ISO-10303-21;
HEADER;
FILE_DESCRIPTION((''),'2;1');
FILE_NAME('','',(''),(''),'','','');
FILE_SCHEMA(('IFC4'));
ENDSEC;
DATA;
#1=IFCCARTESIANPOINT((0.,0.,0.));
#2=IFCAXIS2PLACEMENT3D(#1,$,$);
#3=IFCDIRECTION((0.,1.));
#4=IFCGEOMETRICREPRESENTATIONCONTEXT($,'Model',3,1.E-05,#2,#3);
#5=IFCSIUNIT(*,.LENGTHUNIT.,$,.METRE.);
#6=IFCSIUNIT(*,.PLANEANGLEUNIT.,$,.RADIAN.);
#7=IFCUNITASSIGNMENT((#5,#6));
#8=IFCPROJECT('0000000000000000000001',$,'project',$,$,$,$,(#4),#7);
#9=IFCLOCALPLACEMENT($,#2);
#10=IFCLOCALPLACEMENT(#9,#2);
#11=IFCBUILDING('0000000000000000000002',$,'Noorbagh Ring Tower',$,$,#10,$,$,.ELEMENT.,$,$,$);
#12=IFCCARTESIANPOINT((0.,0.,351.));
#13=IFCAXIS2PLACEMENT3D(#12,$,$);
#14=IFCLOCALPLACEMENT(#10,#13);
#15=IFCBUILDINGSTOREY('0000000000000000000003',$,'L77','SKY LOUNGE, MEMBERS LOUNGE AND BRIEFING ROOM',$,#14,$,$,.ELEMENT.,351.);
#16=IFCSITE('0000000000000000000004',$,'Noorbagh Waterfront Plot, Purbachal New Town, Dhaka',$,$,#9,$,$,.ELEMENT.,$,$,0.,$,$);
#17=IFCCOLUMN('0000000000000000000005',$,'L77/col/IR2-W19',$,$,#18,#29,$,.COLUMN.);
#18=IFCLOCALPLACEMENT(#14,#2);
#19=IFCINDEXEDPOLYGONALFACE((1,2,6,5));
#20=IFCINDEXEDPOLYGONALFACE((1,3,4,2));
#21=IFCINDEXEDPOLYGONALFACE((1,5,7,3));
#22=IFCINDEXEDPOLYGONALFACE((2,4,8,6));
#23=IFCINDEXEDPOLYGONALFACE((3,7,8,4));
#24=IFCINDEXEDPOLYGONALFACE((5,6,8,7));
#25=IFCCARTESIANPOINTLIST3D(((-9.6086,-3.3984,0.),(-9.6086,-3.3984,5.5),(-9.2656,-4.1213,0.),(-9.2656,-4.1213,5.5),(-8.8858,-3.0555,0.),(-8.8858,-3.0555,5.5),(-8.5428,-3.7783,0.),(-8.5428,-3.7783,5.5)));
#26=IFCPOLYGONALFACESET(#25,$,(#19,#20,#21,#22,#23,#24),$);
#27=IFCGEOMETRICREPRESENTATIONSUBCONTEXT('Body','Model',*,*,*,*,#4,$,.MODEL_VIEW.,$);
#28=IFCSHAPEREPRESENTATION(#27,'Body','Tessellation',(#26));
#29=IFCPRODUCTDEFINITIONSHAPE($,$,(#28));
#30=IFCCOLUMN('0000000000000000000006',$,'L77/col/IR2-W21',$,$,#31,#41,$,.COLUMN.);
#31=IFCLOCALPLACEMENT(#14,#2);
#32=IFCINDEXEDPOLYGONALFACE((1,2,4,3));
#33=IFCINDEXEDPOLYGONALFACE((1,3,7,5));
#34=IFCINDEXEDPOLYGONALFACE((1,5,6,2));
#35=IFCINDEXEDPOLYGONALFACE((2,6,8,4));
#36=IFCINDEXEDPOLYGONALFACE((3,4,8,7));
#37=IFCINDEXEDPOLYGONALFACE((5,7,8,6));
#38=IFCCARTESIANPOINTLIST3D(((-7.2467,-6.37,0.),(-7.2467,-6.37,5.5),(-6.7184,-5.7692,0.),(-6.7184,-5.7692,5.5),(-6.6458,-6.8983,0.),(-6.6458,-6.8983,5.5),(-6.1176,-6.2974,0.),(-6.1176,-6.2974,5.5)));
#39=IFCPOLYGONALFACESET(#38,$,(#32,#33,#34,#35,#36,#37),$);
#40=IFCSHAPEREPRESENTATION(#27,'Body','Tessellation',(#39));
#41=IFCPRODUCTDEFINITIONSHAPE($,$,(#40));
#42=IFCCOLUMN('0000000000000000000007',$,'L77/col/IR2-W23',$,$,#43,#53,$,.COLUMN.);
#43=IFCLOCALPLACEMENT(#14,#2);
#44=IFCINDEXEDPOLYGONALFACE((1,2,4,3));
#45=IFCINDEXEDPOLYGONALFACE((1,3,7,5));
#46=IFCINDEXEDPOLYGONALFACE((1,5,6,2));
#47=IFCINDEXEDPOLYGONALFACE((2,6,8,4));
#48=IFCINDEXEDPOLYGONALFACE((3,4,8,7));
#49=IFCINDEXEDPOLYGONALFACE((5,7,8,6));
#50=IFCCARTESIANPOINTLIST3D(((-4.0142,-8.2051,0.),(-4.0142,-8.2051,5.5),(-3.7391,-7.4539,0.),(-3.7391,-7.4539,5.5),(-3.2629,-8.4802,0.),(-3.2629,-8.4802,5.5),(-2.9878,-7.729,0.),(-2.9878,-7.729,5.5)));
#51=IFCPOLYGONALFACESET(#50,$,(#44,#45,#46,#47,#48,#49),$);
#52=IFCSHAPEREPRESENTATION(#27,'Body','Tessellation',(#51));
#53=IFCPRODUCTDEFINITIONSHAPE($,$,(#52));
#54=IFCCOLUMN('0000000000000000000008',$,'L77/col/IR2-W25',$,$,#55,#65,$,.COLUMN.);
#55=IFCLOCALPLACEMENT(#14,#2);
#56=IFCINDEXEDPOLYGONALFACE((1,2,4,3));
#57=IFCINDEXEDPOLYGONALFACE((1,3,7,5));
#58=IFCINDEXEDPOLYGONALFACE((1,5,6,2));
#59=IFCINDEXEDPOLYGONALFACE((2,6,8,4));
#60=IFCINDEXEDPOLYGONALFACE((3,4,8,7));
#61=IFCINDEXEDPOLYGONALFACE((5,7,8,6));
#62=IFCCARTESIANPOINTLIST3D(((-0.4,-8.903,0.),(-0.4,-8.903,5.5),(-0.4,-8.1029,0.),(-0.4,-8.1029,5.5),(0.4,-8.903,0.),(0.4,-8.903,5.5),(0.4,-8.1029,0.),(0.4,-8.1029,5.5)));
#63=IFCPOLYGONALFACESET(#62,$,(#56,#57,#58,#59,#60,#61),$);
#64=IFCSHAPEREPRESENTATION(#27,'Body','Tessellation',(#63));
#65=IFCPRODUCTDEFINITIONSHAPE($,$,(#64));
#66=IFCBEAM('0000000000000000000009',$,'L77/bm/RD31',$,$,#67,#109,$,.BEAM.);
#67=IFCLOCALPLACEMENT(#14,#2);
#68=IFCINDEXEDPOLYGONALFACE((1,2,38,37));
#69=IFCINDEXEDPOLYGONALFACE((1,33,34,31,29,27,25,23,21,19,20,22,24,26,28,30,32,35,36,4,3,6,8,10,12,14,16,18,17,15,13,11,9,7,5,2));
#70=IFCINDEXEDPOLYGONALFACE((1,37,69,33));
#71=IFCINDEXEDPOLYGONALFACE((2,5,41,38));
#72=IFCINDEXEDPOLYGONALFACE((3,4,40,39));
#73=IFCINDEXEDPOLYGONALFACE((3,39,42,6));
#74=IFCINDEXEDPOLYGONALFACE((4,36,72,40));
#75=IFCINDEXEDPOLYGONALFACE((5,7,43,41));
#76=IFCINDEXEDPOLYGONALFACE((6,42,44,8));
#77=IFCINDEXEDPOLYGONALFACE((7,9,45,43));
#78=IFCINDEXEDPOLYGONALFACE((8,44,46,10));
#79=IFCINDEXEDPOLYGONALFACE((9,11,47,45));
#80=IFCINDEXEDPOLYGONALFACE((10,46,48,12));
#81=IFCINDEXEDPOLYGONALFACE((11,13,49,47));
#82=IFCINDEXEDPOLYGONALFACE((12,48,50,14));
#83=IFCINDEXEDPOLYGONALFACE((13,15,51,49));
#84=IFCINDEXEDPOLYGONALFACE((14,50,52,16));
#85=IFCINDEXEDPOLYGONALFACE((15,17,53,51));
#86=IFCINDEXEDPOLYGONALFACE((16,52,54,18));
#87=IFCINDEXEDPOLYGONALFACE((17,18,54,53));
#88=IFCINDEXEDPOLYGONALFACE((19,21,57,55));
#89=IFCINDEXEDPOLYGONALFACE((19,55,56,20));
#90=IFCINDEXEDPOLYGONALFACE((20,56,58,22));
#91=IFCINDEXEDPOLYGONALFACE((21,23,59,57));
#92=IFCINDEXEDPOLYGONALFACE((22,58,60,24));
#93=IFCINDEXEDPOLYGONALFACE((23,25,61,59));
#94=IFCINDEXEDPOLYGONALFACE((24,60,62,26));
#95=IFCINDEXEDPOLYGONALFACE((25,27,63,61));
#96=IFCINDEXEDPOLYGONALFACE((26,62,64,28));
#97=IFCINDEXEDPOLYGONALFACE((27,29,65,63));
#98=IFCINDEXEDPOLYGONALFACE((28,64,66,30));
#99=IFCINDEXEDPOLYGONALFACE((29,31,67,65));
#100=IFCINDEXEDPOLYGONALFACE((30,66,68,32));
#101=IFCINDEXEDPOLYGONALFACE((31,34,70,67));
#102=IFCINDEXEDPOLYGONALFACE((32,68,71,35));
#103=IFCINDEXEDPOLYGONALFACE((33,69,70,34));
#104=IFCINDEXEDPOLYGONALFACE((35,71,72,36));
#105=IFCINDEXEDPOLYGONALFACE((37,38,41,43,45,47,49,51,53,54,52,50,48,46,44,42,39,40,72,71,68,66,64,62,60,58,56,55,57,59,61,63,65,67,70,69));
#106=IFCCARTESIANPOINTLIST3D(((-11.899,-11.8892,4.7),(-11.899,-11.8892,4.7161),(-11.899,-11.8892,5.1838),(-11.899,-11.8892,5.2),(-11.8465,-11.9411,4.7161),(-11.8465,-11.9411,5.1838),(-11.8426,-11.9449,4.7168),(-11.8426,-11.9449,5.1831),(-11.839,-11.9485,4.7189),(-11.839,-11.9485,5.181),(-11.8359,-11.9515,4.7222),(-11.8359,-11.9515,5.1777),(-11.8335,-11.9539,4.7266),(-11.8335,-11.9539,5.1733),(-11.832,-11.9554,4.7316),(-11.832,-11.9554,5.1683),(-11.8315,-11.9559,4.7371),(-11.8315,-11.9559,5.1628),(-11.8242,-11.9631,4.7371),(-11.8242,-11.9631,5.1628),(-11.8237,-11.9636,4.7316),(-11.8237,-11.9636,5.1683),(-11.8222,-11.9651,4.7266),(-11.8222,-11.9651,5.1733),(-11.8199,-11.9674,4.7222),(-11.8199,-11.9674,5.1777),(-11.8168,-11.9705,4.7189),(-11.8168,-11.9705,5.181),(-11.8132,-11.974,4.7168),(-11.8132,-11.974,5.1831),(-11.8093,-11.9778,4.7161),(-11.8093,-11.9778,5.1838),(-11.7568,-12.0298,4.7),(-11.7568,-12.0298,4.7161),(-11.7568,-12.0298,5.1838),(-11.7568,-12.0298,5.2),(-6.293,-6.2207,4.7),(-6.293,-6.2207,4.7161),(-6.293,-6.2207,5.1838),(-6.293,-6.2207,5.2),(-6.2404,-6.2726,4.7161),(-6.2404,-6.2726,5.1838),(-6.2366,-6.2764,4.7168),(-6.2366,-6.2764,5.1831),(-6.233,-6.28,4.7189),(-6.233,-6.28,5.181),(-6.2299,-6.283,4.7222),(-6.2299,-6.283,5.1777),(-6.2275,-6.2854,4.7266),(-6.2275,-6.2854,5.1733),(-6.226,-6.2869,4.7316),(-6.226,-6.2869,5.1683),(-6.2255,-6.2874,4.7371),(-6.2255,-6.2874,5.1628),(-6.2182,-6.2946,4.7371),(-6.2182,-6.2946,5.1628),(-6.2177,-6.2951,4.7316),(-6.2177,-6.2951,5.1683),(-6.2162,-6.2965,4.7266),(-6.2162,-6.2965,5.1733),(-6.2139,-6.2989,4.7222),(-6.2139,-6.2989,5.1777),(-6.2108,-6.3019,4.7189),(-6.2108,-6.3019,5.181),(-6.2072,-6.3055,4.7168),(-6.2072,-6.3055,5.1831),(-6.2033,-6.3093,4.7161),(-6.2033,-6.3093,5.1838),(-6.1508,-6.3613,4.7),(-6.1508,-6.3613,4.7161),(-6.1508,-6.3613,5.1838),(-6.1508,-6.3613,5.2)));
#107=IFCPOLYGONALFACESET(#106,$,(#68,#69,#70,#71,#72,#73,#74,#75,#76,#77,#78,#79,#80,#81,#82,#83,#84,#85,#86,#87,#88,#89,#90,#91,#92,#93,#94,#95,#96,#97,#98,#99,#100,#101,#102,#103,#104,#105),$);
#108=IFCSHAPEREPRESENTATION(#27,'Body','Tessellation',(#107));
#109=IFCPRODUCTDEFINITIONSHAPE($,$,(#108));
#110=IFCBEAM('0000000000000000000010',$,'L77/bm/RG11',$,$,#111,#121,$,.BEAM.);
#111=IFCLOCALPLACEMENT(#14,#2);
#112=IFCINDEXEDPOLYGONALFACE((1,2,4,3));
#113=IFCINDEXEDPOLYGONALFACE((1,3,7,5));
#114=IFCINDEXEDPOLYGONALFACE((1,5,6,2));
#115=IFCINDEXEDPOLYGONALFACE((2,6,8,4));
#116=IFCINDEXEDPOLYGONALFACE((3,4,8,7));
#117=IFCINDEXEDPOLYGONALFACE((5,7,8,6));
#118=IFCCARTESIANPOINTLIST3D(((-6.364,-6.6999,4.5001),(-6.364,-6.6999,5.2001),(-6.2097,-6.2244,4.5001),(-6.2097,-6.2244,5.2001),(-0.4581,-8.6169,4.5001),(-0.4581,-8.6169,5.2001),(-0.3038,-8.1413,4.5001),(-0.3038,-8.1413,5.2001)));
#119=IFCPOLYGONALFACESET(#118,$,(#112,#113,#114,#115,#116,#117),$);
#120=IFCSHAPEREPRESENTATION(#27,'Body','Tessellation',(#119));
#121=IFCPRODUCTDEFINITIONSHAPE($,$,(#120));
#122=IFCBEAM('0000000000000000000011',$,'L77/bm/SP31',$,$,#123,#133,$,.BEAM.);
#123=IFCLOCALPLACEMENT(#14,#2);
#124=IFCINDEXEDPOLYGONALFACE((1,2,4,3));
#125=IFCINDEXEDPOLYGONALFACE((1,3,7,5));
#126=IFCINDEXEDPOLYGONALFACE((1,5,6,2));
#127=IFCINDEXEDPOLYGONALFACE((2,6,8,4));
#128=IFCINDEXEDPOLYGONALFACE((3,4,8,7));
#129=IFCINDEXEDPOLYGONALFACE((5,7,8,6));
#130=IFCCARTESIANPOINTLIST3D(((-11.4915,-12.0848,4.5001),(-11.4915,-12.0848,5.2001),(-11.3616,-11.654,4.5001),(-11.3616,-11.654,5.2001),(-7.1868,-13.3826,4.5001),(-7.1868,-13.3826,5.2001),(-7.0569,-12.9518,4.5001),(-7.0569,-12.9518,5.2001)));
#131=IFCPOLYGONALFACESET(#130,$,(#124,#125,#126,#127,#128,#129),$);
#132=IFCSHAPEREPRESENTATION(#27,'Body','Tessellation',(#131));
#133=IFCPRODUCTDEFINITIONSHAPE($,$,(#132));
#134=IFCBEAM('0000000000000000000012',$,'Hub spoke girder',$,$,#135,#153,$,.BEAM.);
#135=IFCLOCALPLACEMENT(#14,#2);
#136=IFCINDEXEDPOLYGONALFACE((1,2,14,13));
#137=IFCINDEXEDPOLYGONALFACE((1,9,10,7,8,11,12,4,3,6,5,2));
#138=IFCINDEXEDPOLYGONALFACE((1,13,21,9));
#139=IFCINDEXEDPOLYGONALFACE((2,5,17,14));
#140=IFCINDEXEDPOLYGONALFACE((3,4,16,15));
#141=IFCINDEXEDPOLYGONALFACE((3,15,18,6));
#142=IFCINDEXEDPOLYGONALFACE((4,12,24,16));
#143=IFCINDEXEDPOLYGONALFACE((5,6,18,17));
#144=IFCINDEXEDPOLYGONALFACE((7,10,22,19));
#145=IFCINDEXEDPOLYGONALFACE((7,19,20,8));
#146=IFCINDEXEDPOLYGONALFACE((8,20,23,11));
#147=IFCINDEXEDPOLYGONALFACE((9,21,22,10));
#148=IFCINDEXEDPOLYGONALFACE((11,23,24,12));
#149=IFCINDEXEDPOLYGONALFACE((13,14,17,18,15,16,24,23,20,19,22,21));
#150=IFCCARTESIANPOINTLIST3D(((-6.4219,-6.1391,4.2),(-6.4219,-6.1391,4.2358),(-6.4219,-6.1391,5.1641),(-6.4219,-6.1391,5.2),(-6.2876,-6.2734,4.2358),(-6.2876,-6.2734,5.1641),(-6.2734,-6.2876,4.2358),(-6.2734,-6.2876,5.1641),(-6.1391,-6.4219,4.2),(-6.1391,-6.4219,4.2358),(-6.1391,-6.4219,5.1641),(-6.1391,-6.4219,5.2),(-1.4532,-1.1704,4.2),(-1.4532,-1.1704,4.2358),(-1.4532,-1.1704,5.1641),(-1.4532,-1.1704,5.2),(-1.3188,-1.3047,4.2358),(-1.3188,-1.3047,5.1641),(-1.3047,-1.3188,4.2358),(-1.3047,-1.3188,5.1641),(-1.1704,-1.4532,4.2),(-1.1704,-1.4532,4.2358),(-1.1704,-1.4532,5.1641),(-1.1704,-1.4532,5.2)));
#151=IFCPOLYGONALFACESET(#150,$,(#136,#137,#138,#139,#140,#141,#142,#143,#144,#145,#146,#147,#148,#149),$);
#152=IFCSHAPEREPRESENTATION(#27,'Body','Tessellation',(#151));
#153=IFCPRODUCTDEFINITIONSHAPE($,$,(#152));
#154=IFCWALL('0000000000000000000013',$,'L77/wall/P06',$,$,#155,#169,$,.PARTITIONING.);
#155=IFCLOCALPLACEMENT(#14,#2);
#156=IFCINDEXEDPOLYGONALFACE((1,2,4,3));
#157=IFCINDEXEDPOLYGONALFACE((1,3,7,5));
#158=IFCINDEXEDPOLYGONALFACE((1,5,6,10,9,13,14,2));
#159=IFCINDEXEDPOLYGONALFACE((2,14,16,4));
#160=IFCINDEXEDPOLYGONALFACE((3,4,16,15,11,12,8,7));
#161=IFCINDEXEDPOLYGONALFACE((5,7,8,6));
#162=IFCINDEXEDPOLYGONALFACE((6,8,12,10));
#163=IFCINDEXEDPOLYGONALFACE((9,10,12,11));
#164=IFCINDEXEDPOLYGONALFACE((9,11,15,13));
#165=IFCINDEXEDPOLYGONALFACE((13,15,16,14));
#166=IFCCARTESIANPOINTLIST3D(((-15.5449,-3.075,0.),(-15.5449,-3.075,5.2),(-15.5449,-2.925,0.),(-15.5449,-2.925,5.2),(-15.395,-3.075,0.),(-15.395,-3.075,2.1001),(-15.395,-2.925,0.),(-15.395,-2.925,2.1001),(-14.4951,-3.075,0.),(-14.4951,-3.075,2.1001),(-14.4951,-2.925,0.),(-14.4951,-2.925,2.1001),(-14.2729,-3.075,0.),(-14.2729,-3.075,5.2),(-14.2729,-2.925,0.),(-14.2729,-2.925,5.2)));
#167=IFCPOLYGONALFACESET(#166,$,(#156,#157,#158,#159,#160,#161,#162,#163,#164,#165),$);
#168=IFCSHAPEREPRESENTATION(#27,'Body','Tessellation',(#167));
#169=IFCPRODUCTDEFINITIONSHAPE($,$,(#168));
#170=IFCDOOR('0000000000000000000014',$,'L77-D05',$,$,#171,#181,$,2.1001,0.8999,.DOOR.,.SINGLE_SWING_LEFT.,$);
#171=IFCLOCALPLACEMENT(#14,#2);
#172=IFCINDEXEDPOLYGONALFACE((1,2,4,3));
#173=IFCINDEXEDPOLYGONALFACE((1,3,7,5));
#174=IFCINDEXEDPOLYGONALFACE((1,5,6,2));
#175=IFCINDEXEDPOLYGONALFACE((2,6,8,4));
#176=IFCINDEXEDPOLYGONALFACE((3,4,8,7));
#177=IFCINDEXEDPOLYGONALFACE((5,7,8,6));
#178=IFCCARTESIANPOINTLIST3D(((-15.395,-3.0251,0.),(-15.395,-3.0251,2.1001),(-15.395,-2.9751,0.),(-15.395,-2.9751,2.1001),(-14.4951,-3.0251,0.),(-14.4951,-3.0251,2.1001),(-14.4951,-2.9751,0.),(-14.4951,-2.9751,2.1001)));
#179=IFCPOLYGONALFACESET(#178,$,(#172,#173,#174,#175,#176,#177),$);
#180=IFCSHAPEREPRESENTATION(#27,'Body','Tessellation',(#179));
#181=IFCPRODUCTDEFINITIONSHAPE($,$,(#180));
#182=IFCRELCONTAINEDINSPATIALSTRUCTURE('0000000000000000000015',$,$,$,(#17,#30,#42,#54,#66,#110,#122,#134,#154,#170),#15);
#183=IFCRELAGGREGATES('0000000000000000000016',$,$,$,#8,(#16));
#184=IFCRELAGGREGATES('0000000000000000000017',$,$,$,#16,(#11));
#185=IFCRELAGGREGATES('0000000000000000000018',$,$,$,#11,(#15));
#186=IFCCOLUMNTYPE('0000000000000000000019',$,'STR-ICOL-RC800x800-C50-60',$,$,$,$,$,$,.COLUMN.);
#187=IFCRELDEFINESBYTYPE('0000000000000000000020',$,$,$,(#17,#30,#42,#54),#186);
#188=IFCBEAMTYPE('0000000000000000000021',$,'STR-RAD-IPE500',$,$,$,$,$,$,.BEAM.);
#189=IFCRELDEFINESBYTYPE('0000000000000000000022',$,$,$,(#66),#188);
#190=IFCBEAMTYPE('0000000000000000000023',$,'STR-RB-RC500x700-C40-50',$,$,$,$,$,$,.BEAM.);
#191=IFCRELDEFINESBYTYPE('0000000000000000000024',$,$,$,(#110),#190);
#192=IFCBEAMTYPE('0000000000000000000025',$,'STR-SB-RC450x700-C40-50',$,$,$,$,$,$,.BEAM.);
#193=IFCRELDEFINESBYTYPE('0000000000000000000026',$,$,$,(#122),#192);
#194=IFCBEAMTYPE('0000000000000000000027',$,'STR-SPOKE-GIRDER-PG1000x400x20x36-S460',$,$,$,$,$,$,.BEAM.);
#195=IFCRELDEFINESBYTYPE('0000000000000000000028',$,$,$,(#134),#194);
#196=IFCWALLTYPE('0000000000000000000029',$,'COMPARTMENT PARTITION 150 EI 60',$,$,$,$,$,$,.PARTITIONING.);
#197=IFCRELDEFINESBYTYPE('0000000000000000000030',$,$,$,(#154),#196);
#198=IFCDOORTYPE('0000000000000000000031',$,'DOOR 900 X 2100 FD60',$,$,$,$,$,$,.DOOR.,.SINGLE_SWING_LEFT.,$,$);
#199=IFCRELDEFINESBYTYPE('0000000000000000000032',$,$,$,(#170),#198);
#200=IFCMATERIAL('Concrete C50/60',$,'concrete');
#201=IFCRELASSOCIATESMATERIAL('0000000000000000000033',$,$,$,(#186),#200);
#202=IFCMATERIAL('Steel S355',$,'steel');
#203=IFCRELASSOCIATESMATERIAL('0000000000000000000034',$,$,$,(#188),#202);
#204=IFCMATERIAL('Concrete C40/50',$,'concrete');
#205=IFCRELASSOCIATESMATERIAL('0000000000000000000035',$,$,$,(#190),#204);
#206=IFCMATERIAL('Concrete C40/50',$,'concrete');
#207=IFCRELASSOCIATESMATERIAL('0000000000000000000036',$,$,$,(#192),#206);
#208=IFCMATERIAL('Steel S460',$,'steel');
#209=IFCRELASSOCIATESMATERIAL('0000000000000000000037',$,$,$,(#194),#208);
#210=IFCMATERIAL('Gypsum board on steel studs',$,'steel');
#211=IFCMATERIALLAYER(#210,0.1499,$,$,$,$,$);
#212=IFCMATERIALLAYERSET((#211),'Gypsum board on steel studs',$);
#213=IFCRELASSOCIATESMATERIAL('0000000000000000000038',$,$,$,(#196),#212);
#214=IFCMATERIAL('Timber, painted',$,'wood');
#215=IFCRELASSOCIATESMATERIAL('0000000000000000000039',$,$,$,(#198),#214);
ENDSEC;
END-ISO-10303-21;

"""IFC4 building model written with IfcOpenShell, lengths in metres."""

from ifc_helpers import new_model, si_unit, direction, frame, frame_2d, origin, origin_2d, place, context, subcontext, project, spatial, rectangle, i_section, extrude, material, layer, layer_set, material_profile, profile_set, type_object, element, fill, save


model = new_model("IFC4")

# Units and contexts
model_context = context("Model", 3, precision=1e-05, world=origin(), true_north=direction((0.0, 1.0)))
body_context = subcontext(model_context, "Body", "Model", "MODEL_VIEW")
ifc_project = project(units=[si_unit("LENGTHUNIT", "METRE"), si_unit("PLANEANGLEUNIT", "RADIAN")], contexts=[model_context])

# Site, building, storey
site_placement = place(None, origin())
site = spatial("IfcSite", under=ifc_project, at=site_placement, Name="Noorbagh Waterfront Plot, Purbachal New Town, Dhaka", CompositionType="ELEMENT", RefElevation=0.0)
building_placement = place(site_placement, origin())
building = spatial("IfcBuilding", under=site, at=building_placement, Name="Noorbagh Ring Tower", CompositionType="ELEMENT")
storey_placement = place(building_placement, frame((0.0, 0.0, 351.0)))
storey = spatial("IfcBuildingStorey", under=building, at=storey_placement, Name="L77", Description="SKY LOUNGE, MEMBERS LOUNGE AND BRIEFING ROOM", CompositionType="ELEMENT", Elevation=351.0)

# Columns
ifc_material_1 = material(Name="Concrete C50/60", Category="concrete")
ifc_material_profile_1 = material_profile(ifc_material_1, rectangle(XDim=0.8, YDim=0.8, at=origin_2d()), Name="RC800x800")
ifc_profile_set_1 = profile_set([ifc_material_profile_1], Name="Concrete C50/60")
column_type = type_object("IfcColumnType", Name="STR-ICOL-RC800x800-C50-60", PredefinedType="COLUMN", material=ifc_profile_set_1)
for number, where, z_axis, x_axis, name in (
    (1, (-9.0757, -3.5884, 0.0), (0.0, 0.0, 1.0), (0.428667, -0.903463, 0.0), "L77/col/IR2-W19"),
    (2, (-6.6821, -6.3337, 0.0), (0.0, 0.0, 1.0), (0.751022, -0.660277, 0.0), "L77/col/IR2-W21"),
    (3, (-3.501, -7.967, 0.0), (0.0, 0.0, 1.0), (0.93902, -0.343864, 0.0), "L77/col/IR2-W23"),
    (4, (0.0, -8.5029, 0.0), (0.0, 0.0, 1.0), (1.0, 0.0, 0.0), "L77/col/IR2-W25"),
):
    element("IfcColumn", number, at=place(storey_placement, frame(where, z_axis=z_axis, x_axis=x_axis)), inside=storey, type_object=column_type, Name=name, PredefinedType="COLUMN", context=body_context, shape_type="SweptSolid", body=[
        extrude(rectangle(XDim=0.8, YDim=0.8, at=origin_2d()), origin(), (0.0, 0.0, 1.0), 5.5),
    ])

# Beams
ifc_material_2 = material(Name="Steel S355", Category="steel")
ifc_material_profile_2 = material_profile(ifc_material_2, i_section(OverallWidth=0.2, OverallDepth=0.5, WebThickness=0.0103, FlangeThickness=0.0161, FilletRadius=0.021, at=origin_2d()), Name="IPE500")
ifc_profile_set_2 = profile_set([ifc_material_profile_2], Name="Steel S355")
beam_type_1 = type_object("IfcBeamType", Name="STR-RAD-IPE500", PredefinedType="BEAM", material=ifc_profile_set_2)
beam_1_placement = place(storey_placement, frame((-11.8279, -11.9595, 4.95), z_axis=(0.703176, 0.711016, 0.0), x_axis=(-0.711016, 0.703176, 0.0)))
element("IfcBeam", 5, at=beam_1_placement, inside=storey, type_object=beam_type_1, Name="L77/bm/RD31", PredefinedType="BEAM", context=body_context, shape_type="SweptSolid", body=[
    extrude(i_section(OverallWidth=0.2, OverallDepth=0.5, WebThickness=0.0103, FlangeThickness=0.0161, FilletRadius=0.021, at=origin_2d()), origin(), (0.0, 0.0, 1.0), 7.9724),
])
ifc_material_3 = material(Name="Concrete C40/50", Category="concrete")
ifc_material_profile_3 = material_profile(ifc_material_3, rectangle(XDim=0.5, YDim=0.7, at=origin_2d()), Name="RC500x700")
ifc_profile_set_3 = profile_set([ifc_material_profile_3], Name="Concrete C40/50")
beam_type_2 = type_object("IfcBeamType", Name="STR-RB-RC500x700-C40-50", PredefinedType="BEAM", material=ifc_profile_set_3)
beam_2_placement = place(storey_placement, frame((-6.2869, -6.4622, 4.8501), z_axis=(0.95115, -0.308728, 0.0), x_axis=(0.308728, 0.95115, 0.0)))
element("IfcBeam", 6, at=beam_2_placement, inside=storey, type_object=beam_type_2, Name="L77/bm/RG11", PredefinedType="BEAM", context=body_context, shape_type="SweptSolid", body=[
    extrude(rectangle(XDim=0.5, YDim=0.7, at=origin_2d()), origin(), (0.0, 0.0, 1.0), 6.2092),
])
ifc_material_4 = material(Name="Concrete C40/50", Category="concrete")
ifc_material_profile_4 = material_profile(ifc_material_4, rectangle(XDim=0.45, YDim=0.7, at=origin_2d()), Name="RC450x700")
ifc_profile_set_4 = profile_set([ifc_material_profile_4], Name="Concrete C40/50")
beam_type_3 = type_object("IfcBeamType", Name="STR-SB-RC450x700-C40-50", PredefinedType="BEAM", material=ifc_profile_set_4)
beam_3_placement = place(storey_placement, frame((-11.4265, -11.8694, 4.8501), z_axis=(0.957431, -0.288663, 0.0), x_axis=(0.288663, 0.957431, 0.0)))
element("IfcBeam", 7, at=beam_3_placement, inside=storey, type_object=beam_type_3, Name="L77/bm/SP31", PredefinedType="BEAM", context=body_context, shape_type="SweptSolid", body=[
    extrude(rectangle(XDim=0.45, YDim=0.7, at=origin_2d()), origin(), (0.0, 0.0, 1.0), 4.4961),
])
ifc_material_5 = material(Name="Steel S460", Category="steel")
ifc_material_profile_5 = material_profile(ifc_material_5, i_section(OverallWidth=0.3999, OverallDepth=1.0, WebThickness=0.02, FlangeThickness=0.0359, at=origin_2d()), Name="PG1000x400x20x36")
ifc_profile_set_5 = profile_set([ifc_material_profile_5], Name="Steel S460")
beam_type_4 = type_object("IfcBeamType", Name="STR-SPOKE-GIRDER-PG1000x400x20x36-S460", PredefinedType="BEAM", material=ifc_profile_set_5)
beam_4_placement = place(storey_placement, frame((-1.3118, -1.3118, 4.7), z_axis=(-0.707107, -0.707107, 0.0), x_axis=(0.707107, -0.707107, 0.0)))
element("IfcBeam", 8, at=beam_4_placement, inside=storey, type_object=beam_type_4, Name="Hub spoke girder", PredefinedType="BEAM", context=body_context, shape_type="SweptSolid", body=[
    extrude(i_section(OverallWidth=0.3999, OverallDepth=1.0, WebThickness=0.02, FlangeThickness=0.0359, at=origin_2d()), origin(), (0.0, 0.0, 1.0), 7.0269),
])

# Wall, opening, door
ifc_material_6 = material(Name="Gypsum board on steel studs", Category="steel")
ifc_layer_1 = layer(ifc_material_6, 0.1499)
ifc_layer_set_1 = layer_set([ifc_layer_1], Name="Gypsum board on steel studs")
wall_type_1 = type_object("IfcWallType", Name="COMPARTMENT PARTITION 150 EI 60", PredefinedType="PARTITIONING", material=ifc_layer_set_1)
wall_1_placement = place(storey_placement, frame((-15.5449, -3.0, 0.0), z_axis=(0.0, 0.0, 1.0), x_axis=(1.0, 0.0, 0.0)))
wall_1 = element("IfcWall", 9, at=wall_1_placement, inside=storey, type_object=wall_type_1, Name="L77/wall/P06", PredefinedType="PARTITIONING", context=body_context, shape_type="SweptSolid", body=[
    extrude(rectangle(XDim=1.272, YDim=0.1499, at=frame_2d((0.636, 0.0))), origin(), (0.0, 0.0, 1.0), 5.2),
])
opening_1_placement = place(wall_1_placement, frame((0.1499, 0.0, 0.0)))
opening_1 = element("IfcOpeningElement", 10, at=opening_1_placement, cuts=wall_1, PredefinedType="OPENING", context=body_context, shape_type="SweptSolid", body=[
    extrude(rectangle(XDim=0.8999, YDim=2.1001, at=frame_2d((0.45, 1.05))), frame((0.0, 0.085, 0.0), z_axis=(0.0, -1.0, 0.0), x_axis=(1.0, 0.0, 0.0)), (0.0, 0.0, 1.0), 0.1699),
])
ifc_material_7 = material(Name="Timber, painted", Category="wood")
door_type_1 = type_object("IfcDoorType", Name="DOOR 900 X 2100 FD60", OperationType="SINGLE_SWING_LEFT", PredefinedType="DOOR", material=ifc_material_7)
door_1_placement = place(opening_1_placement, origin())
door_1 = element("IfcDoor", 11, at=door_1_placement, inside=storey, type_object=door_type_1, Name="L77-D05", OperationType="SINGLE_SWING_LEFT", OverallHeight=2.1001, OverallWidth=0.8999, PredefinedType="DOOR", context=body_context, shape_type="SweptSolid", body=[
    extrude(rectangle(XDim=0.8999, YDim=2.1001, at=frame_2d((0.45, 1.05))), frame((0.0, 0.0249, 0.0), z_axis=(0.0, -1.0, 0.0), x_axis=(1.0, 0.0, 0.0)), (0.0, 0.0, 1.0), 0.05),
])
fill(opening_1, door_1)

save(model, "model.ifc")
